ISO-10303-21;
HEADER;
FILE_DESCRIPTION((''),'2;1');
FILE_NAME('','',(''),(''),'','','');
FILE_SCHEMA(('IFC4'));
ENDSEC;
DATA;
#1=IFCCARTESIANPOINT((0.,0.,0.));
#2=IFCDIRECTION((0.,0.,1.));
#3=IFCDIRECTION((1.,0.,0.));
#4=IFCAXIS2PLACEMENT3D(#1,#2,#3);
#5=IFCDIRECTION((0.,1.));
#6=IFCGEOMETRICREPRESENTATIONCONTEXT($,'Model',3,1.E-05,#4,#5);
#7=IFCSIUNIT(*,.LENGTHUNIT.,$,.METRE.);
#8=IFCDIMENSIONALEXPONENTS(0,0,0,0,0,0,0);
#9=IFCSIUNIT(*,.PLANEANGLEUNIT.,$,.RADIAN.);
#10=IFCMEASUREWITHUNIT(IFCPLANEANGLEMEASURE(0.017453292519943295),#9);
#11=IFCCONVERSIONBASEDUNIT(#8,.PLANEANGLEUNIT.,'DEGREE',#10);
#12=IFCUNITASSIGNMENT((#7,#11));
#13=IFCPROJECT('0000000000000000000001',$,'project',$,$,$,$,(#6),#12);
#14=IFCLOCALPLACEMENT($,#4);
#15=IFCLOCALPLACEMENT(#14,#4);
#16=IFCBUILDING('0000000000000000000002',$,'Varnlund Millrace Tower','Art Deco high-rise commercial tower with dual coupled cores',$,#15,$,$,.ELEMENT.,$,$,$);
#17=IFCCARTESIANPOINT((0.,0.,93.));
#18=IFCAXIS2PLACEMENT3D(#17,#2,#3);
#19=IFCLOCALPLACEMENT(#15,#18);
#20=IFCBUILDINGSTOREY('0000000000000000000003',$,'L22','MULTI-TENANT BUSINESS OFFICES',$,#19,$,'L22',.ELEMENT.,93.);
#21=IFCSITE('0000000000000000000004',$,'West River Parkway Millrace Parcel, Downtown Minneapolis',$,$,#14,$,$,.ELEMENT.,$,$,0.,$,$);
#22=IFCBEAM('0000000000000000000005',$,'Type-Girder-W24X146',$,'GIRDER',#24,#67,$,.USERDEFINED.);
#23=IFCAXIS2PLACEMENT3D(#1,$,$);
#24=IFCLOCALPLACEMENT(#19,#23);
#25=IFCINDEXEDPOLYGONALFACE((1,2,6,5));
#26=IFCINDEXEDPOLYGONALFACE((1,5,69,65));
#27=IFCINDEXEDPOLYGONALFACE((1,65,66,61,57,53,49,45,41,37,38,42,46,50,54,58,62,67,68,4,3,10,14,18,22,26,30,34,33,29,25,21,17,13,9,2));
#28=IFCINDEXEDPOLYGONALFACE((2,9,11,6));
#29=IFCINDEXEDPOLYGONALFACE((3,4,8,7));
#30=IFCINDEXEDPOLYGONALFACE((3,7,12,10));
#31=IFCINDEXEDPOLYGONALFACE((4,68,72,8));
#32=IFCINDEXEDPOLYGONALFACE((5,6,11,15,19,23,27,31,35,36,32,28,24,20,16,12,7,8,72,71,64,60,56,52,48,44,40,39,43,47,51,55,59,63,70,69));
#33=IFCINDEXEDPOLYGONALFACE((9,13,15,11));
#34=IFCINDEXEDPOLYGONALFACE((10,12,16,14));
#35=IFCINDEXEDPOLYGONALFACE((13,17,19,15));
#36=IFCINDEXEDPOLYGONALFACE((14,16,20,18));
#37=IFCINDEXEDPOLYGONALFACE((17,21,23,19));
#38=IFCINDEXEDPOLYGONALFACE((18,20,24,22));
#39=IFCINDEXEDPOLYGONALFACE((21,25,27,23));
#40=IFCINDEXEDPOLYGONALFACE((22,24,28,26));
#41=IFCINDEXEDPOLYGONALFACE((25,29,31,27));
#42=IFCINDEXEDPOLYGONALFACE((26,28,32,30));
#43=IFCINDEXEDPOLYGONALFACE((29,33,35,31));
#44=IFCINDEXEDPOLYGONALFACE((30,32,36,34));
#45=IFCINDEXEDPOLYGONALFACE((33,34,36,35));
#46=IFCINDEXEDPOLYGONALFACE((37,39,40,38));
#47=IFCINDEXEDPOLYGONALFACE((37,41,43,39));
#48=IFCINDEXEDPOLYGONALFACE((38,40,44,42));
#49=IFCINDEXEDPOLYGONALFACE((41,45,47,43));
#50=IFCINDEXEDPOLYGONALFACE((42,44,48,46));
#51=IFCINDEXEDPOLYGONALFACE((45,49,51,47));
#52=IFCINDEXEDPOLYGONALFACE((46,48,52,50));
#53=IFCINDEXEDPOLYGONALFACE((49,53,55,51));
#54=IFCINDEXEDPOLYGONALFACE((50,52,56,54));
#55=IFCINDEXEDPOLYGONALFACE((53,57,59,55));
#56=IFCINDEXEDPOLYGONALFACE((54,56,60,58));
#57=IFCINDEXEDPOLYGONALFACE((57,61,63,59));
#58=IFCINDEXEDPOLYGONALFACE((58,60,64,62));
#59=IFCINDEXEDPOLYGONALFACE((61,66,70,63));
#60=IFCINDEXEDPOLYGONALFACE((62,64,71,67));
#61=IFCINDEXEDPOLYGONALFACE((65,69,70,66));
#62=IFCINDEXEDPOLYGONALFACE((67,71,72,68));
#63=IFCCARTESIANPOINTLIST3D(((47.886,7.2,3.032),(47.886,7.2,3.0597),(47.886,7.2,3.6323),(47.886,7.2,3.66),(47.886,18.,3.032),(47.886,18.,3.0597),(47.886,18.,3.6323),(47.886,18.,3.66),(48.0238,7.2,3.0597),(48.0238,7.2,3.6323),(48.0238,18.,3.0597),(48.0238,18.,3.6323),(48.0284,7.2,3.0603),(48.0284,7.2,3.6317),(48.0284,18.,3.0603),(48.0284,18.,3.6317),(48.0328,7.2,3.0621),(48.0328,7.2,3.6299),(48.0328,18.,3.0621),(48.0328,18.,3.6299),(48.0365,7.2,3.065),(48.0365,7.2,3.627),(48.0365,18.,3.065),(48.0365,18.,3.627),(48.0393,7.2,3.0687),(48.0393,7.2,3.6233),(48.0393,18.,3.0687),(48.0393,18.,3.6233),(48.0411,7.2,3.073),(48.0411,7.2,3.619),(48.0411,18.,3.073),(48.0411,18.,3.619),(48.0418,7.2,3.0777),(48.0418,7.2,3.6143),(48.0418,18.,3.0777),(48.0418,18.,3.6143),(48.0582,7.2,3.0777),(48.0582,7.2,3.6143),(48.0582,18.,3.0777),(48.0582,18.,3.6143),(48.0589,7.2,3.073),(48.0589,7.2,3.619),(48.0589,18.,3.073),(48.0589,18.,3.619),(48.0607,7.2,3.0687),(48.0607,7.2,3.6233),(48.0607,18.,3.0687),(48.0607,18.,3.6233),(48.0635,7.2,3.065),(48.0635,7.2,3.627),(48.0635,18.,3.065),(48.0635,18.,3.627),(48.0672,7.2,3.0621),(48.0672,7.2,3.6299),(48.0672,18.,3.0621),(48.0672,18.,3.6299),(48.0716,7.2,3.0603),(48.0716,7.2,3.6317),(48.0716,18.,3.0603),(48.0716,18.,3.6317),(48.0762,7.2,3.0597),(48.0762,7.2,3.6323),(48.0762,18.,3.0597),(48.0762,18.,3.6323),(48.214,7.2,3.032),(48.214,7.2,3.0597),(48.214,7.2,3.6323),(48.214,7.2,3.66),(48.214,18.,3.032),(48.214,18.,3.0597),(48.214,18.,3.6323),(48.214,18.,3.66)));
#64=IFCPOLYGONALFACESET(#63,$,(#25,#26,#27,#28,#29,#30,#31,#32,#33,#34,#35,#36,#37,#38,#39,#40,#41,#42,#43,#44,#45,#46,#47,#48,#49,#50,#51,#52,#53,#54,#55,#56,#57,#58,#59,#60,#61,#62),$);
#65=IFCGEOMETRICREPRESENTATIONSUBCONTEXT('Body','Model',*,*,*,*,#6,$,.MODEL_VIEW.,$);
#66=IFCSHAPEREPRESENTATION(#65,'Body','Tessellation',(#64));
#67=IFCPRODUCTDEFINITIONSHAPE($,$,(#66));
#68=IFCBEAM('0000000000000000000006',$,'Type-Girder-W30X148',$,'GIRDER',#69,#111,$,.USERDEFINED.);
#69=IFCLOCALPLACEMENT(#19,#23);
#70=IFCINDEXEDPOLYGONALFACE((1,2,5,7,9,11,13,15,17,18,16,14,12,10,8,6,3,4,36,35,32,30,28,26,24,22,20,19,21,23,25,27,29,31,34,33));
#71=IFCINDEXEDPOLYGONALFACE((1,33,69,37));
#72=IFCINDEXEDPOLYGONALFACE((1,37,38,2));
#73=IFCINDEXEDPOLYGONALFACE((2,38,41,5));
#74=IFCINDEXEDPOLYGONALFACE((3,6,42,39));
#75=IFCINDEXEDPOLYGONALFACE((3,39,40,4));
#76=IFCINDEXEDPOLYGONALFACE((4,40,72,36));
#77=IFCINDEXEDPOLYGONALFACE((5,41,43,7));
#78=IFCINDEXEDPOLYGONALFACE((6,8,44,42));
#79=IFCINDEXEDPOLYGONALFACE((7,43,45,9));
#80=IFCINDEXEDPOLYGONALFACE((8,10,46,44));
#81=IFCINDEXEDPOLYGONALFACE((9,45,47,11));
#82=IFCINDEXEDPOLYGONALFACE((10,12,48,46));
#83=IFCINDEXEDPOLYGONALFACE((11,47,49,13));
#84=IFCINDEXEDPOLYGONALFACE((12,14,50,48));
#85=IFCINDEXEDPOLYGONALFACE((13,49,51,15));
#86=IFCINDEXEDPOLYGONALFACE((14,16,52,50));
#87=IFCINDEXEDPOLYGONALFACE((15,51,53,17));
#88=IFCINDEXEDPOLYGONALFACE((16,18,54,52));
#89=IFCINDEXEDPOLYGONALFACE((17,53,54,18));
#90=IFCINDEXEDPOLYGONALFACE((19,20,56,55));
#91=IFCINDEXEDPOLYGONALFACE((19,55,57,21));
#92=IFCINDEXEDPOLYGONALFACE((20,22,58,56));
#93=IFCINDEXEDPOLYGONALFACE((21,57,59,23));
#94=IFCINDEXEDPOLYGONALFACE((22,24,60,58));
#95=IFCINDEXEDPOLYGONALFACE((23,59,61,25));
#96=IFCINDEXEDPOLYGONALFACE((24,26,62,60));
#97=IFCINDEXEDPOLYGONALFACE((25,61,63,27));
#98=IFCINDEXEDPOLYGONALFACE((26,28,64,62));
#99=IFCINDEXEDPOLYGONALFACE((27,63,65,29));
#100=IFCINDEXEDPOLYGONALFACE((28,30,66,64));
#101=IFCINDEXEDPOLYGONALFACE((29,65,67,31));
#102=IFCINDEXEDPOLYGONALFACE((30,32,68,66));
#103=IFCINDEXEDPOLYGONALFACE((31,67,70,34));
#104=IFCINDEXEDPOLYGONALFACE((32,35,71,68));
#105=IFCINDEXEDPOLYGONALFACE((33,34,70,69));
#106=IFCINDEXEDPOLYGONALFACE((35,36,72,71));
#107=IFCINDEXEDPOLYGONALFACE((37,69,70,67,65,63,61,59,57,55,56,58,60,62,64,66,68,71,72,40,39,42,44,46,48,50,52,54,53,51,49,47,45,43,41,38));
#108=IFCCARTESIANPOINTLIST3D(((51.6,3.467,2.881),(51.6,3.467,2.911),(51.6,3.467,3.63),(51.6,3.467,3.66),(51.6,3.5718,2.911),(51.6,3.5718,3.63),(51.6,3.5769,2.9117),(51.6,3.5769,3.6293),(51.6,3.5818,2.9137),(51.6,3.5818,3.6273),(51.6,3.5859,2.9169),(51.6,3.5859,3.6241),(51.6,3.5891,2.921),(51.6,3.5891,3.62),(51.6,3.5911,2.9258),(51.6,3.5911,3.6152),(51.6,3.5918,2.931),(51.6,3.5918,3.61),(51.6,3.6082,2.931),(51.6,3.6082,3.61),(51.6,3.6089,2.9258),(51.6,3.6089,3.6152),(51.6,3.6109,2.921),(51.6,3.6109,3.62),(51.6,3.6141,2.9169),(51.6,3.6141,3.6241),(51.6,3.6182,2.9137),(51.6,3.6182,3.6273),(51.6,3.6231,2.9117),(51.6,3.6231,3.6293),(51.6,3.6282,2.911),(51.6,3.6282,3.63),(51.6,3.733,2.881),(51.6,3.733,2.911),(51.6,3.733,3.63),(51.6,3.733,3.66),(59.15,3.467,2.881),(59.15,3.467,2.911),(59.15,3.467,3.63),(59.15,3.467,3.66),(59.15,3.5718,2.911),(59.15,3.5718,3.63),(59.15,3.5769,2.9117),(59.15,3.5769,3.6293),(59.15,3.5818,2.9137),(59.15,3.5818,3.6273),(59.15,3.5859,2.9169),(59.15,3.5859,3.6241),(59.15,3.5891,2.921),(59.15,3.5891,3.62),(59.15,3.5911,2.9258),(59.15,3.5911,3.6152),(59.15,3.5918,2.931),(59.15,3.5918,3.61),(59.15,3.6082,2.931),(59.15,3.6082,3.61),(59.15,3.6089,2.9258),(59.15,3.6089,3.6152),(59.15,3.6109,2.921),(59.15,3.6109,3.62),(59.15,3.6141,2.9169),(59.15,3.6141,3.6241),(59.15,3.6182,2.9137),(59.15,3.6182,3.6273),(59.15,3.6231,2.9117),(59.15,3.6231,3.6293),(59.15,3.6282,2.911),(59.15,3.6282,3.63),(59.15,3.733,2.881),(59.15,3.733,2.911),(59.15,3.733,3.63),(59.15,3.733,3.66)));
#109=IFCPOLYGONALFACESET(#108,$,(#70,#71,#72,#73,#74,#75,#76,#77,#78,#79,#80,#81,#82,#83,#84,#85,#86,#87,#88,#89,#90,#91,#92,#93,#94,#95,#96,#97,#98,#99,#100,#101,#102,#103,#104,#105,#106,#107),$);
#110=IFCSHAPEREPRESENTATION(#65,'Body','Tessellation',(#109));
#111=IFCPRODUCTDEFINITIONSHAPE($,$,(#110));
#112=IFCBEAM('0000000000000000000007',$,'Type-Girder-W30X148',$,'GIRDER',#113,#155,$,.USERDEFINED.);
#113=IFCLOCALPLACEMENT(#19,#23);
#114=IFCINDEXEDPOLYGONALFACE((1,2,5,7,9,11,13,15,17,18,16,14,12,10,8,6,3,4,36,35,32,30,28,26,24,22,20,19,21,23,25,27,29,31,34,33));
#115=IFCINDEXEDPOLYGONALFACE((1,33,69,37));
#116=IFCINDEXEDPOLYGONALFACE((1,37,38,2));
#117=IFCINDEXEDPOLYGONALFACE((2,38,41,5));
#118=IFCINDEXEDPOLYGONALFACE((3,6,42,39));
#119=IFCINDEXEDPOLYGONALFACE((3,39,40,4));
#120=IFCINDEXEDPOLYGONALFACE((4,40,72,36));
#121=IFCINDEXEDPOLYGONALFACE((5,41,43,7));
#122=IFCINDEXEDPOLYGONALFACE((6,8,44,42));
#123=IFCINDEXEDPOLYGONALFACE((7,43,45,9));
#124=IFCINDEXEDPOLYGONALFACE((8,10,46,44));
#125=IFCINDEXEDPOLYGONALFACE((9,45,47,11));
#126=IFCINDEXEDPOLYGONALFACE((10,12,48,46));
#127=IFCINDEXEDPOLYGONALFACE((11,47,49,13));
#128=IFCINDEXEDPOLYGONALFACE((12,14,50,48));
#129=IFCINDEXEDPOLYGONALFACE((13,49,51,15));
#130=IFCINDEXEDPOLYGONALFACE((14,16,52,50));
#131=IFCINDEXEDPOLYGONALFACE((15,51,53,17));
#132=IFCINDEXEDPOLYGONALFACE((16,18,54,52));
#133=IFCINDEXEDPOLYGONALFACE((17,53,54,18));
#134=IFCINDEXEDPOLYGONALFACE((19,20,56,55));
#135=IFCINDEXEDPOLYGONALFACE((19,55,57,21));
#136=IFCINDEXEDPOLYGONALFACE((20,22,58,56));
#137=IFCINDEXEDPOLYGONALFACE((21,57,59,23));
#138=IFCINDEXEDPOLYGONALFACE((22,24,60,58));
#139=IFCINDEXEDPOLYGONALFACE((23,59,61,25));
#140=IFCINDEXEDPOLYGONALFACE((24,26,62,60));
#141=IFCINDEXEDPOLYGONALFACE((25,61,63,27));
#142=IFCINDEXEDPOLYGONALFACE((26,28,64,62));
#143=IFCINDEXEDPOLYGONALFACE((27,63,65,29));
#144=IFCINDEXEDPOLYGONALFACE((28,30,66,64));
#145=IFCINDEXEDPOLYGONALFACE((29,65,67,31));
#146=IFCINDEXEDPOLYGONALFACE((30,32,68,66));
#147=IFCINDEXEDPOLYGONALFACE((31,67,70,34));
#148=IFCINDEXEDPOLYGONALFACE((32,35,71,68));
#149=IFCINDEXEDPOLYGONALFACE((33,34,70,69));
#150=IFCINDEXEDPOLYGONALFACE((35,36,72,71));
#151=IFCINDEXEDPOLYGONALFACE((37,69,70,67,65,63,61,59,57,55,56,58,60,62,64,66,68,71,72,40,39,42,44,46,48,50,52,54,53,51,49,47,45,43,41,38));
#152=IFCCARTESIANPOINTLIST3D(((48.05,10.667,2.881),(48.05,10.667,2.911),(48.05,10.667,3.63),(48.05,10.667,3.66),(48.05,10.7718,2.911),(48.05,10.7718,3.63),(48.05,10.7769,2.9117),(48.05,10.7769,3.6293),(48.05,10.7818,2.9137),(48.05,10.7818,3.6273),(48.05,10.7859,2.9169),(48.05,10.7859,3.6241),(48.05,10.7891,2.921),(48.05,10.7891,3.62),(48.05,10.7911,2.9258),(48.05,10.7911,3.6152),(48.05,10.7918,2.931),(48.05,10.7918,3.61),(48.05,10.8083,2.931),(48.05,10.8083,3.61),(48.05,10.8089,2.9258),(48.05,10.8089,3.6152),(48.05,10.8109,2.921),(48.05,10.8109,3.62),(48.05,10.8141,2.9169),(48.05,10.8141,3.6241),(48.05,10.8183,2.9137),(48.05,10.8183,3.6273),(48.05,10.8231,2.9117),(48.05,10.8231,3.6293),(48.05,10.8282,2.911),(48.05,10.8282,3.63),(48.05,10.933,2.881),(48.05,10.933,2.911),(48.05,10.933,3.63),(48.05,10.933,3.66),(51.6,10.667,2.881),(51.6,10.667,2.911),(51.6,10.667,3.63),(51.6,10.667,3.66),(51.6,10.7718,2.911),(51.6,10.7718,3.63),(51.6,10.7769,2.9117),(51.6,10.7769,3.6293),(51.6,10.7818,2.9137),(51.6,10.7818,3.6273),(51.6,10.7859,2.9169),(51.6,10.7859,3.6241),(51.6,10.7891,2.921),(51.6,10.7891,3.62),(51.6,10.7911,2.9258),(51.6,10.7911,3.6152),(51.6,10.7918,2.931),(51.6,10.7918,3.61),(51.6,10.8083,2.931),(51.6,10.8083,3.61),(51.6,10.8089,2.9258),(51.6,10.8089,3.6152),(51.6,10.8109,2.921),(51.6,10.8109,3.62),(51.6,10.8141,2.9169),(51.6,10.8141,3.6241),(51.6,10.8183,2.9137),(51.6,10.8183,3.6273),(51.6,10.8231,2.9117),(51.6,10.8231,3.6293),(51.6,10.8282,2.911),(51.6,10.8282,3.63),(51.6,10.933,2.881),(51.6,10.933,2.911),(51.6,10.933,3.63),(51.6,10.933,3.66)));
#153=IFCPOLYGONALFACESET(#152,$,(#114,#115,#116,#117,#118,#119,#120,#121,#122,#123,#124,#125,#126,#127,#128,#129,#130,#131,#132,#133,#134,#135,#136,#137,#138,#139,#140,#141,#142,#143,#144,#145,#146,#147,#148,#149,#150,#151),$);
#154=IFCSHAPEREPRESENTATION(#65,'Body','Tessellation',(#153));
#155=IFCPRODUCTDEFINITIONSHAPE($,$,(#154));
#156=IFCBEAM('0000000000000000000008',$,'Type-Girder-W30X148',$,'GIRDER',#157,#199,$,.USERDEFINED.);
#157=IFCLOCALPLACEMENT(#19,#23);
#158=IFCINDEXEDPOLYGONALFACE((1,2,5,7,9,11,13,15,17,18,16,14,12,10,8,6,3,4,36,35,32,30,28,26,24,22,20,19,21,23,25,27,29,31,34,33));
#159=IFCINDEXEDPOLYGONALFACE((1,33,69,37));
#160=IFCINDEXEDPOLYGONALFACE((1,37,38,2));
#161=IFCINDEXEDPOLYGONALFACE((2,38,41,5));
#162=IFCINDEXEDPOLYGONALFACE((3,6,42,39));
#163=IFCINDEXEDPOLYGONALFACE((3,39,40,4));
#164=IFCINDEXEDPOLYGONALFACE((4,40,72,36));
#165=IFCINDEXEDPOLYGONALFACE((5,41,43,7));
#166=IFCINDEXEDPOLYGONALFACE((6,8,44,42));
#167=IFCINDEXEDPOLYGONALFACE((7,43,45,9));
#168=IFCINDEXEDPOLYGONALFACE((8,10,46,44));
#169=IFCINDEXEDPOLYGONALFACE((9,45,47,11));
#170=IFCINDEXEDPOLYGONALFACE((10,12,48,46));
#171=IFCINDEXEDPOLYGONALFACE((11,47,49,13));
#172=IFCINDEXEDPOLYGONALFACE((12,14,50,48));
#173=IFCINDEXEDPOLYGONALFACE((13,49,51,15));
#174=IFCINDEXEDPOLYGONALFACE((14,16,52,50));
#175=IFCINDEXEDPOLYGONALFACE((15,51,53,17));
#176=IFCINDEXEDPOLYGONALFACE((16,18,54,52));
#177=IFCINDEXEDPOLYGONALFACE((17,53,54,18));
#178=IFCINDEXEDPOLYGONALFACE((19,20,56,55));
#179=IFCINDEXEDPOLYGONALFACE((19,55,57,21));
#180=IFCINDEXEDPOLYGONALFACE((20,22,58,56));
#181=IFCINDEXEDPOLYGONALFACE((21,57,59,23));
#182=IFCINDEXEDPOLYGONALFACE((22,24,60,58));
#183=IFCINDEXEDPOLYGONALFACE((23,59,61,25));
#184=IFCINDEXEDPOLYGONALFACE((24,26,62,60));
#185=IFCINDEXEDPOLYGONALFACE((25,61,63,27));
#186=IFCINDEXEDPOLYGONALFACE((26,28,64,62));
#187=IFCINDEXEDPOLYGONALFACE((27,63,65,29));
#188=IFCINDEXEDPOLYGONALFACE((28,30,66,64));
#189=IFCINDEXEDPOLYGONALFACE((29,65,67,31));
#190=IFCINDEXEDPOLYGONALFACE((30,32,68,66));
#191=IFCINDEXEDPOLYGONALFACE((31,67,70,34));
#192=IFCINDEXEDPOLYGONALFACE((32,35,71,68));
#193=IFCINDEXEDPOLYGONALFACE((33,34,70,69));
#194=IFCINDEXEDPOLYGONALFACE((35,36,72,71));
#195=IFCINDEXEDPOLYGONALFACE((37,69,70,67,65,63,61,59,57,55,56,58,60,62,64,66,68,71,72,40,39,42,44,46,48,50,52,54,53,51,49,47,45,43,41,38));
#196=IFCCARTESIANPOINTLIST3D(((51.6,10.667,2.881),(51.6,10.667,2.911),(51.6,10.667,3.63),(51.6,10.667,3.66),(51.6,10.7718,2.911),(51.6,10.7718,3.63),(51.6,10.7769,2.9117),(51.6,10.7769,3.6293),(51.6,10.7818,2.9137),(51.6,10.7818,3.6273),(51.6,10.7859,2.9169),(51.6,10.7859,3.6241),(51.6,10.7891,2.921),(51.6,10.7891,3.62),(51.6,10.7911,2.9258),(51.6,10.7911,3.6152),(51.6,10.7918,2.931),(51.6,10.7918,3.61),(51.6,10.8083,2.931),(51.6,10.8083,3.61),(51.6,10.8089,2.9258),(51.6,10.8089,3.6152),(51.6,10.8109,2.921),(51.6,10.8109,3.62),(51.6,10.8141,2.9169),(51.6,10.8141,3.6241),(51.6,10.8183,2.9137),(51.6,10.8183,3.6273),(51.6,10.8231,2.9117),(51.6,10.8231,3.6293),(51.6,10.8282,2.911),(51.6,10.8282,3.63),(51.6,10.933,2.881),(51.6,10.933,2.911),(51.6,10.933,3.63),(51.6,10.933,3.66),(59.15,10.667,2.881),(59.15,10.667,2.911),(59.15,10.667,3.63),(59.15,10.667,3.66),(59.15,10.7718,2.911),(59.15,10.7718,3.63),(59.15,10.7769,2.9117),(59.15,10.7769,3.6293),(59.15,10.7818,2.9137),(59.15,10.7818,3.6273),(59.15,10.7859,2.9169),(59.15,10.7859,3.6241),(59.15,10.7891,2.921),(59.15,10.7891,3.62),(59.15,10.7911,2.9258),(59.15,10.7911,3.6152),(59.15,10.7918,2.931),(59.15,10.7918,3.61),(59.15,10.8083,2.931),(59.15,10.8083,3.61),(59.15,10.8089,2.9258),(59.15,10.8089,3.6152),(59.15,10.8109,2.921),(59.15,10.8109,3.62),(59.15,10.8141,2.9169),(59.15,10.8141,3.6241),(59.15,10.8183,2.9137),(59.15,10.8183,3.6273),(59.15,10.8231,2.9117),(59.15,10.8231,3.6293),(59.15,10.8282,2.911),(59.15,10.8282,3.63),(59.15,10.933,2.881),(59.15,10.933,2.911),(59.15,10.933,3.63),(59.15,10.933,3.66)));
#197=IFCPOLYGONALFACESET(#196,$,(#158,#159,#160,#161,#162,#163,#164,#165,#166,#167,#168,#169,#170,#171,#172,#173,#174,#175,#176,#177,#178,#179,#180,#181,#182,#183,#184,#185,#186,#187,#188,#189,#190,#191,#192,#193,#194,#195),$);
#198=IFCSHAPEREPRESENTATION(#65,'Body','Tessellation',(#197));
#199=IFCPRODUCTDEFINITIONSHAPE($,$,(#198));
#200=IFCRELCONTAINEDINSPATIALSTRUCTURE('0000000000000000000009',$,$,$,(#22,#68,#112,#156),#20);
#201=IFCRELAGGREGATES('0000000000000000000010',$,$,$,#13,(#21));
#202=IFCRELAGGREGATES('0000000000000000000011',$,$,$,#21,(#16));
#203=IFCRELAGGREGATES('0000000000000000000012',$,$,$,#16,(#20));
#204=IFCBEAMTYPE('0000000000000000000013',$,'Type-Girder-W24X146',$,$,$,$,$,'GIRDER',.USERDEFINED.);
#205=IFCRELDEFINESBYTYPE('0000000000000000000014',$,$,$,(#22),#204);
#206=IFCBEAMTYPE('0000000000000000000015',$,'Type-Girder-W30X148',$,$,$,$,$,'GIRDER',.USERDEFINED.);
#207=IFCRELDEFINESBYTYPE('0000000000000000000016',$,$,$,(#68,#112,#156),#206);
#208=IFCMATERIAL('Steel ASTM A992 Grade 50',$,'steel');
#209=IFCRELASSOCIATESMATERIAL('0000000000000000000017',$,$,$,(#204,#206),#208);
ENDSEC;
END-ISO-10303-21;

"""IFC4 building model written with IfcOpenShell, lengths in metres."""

from ifc_helpers import new_model, entity, si_unit, converted_unit, direction, frame, origin_with_axes, origin_2d_with_axis, place, context, subcontext, project, spatial, i_section, extrude, material, material_profile, profile_set, type_object, element, save


model = new_model("IFC4")

# Units and contexts
model_context = context("Model", 3, precision=1e-05, world=origin_with_axes(), true_north=direction((0.0, 1.0)))
body_context = subcontext(model_context, "Body", "Model", "MODEL_VIEW")
ifc_project = project(units=[si_unit("LENGTHUNIT", "METRE"), converted_unit("PLANEANGLEUNIT", "DEGREE", entity("IfcPlaneAngleMeasure", 0.017453292519943295), si_unit("PLANEANGLEUNIT", "RADIAN"), dimensions=[0, 0, 0, 0, 0, 0, 0])], contexts=[model_context])

# Site, building, storey
site_placement = place(None, origin_with_axes())
site = spatial("IfcSite", under=ifc_project, at=site_placement, Name="West River Parkway Millrace Parcel, Downtown Minneapolis", CompositionType="ELEMENT", RefElevation=0.0)
building_placement = place(site_placement, origin_with_axes())
building = spatial("IfcBuilding", under=site, at=building_placement, Name="Varnlund Millrace Tower", Description="Art Deco high-rise commercial tower with dual coupled cores", CompositionType="ELEMENT")
storey_placement = place(building_placement, frame((0.0, 0.0, 93.0), z_axis=(0.0, 0.0, 1.0), x_axis=(1.0, 0.0, 0.0)))
storey = spatial("IfcBuildingStorey", under=building, at=storey_placement, Name="L22", Description="MULTI-TENANT BUSINESS OFFICES", LongName="L22", CompositionType="ELEMENT", Elevation=93.0)

# Beams
ifc_material_1 = material(Name="Steel ASTM A992 Grade 50", Category="steel")
ifc_material_profile_1 = material_profile(ifc_material_1, i_section(OverallWidth=0.328, OverallDepth=0.628, WebThickness=0.0165, FlangeThickness=0.0277, FilletRadius=0.018, at=origin_2d_with_axis()), Name="Steel ASTM A992 Grade 50")
ifc_profile_set_1 = profile_set([ifc_material_profile_1], Name="Steel ASTM A992 Grade 50")
beam_type_1 = type_object("IfcBeamType", Name="Type-Girder-W24X146", ElementType="GIRDER", PredefinedType="USERDEFINED", material=ifc_profile_set_1)
beam_1_placement = place(storey_placement, frame((48.05, 7.2, 3.346), z_axis=(0.0, 1.0, 0.0), x_axis=(-1.0, 0.0, 0.0)))
element("IfcBeam", 1, at=beam_1_placement, inside=storey, type_object=beam_type_1, Name="Type-Girder-W24X146", ObjectType="GIRDER", PredefinedType="USERDEFINED", context=body_context, shape_type="SweptSolid", body=[
    extrude(i_section(OverallWidth=0.328, OverallDepth=0.628, WebThickness=0.0165, FlangeThickness=0.0277, FilletRadius=0.018, at=origin_2d_with_axis()), origin_with_axes(), (0.0, 0.0, 1.0), 10.8),
])
ifc_material_profile_2 = material_profile(ifc_material_1, i_section(OverallWidth=0.266, OverallDepth=0.779, WebThickness=0.0165, FlangeThickness=0.03, FilletRadius=0.02, at=origin_2d_with_axis()), Name="Steel ASTM A992 Grade 50")
ifc_profile_set_2 = profile_set([ifc_material_profile_2], Name="Steel ASTM A992 Grade 50")
beam_type_2 = type_object("IfcBeamType", Name="Type-Girder-W30X148", ElementType="GIRDER", PredefinedType="USERDEFINED", material=ifc_profile_set_2)
beam_2_placement = place(storey_placement, frame((51.6, 3.6, 3.2705), z_axis=(1.0, 0.0, 0.0), x_axis=(0.0, 1.0, 0.0)))
element("IfcBeam", 2, at=beam_2_placement, inside=storey, type_object=beam_type_2, Name="Type-Girder-W30X148", ObjectType="GIRDER", PredefinedType="USERDEFINED", context=body_context, shape_type="SweptSolid", body=[
    extrude(i_section(OverallWidth=0.266, OverallDepth=0.779, WebThickness=0.0165, FlangeThickness=0.03, FilletRadius=0.02, at=origin_2d_with_axis()), origin_with_axes(), (0.0, 0.0, 1.0), 7.55),
])
beam_3_placement = place(storey_placement, frame((48.05, 10.8, 3.2705), z_axis=(1.0, 0.0, 0.0), x_axis=(0.0, 1.0, 0.0)))
element("IfcBeam", 3, at=beam_3_placement, inside=storey, type_object=beam_type_2, Name="Type-Girder-W30X148", ObjectType="GIRDER", PredefinedType="USERDEFINED", context=body_context, shape_type="SweptSolid", body=[
    extrude(i_section(OverallWidth=0.266, OverallDepth=0.779, WebThickness=0.0165, FlangeThickness=0.03, FilletRadius=0.02, at=origin_2d_with_axis()), origin_with_axes(), (0.0, 0.0, 1.0), 3.55),
])
beam_4_placement = place(storey_placement, frame((51.6, 10.8, 3.2705), z_axis=(1.0, 0.0, 0.0), x_axis=(0.0, 1.0, 0.0)))
element("IfcBeam", 4, at=beam_4_placement, inside=storey, type_object=beam_type_2, Name="Type-Girder-W30X148", ObjectType="GIRDER", PredefinedType="USERDEFINED", context=body_context, shape_type="SweptSolid", body=[
    extrude(i_section(OverallWidth=0.266, OverallDepth=0.779, WebThickness=0.0165, FlangeThickness=0.03, FilletRadius=0.02, at=origin_2d_with_axis()), origin_with_axes(), (0.0, 0.0, 1.0), 7.55),
])

save(model, "model.ifc")
